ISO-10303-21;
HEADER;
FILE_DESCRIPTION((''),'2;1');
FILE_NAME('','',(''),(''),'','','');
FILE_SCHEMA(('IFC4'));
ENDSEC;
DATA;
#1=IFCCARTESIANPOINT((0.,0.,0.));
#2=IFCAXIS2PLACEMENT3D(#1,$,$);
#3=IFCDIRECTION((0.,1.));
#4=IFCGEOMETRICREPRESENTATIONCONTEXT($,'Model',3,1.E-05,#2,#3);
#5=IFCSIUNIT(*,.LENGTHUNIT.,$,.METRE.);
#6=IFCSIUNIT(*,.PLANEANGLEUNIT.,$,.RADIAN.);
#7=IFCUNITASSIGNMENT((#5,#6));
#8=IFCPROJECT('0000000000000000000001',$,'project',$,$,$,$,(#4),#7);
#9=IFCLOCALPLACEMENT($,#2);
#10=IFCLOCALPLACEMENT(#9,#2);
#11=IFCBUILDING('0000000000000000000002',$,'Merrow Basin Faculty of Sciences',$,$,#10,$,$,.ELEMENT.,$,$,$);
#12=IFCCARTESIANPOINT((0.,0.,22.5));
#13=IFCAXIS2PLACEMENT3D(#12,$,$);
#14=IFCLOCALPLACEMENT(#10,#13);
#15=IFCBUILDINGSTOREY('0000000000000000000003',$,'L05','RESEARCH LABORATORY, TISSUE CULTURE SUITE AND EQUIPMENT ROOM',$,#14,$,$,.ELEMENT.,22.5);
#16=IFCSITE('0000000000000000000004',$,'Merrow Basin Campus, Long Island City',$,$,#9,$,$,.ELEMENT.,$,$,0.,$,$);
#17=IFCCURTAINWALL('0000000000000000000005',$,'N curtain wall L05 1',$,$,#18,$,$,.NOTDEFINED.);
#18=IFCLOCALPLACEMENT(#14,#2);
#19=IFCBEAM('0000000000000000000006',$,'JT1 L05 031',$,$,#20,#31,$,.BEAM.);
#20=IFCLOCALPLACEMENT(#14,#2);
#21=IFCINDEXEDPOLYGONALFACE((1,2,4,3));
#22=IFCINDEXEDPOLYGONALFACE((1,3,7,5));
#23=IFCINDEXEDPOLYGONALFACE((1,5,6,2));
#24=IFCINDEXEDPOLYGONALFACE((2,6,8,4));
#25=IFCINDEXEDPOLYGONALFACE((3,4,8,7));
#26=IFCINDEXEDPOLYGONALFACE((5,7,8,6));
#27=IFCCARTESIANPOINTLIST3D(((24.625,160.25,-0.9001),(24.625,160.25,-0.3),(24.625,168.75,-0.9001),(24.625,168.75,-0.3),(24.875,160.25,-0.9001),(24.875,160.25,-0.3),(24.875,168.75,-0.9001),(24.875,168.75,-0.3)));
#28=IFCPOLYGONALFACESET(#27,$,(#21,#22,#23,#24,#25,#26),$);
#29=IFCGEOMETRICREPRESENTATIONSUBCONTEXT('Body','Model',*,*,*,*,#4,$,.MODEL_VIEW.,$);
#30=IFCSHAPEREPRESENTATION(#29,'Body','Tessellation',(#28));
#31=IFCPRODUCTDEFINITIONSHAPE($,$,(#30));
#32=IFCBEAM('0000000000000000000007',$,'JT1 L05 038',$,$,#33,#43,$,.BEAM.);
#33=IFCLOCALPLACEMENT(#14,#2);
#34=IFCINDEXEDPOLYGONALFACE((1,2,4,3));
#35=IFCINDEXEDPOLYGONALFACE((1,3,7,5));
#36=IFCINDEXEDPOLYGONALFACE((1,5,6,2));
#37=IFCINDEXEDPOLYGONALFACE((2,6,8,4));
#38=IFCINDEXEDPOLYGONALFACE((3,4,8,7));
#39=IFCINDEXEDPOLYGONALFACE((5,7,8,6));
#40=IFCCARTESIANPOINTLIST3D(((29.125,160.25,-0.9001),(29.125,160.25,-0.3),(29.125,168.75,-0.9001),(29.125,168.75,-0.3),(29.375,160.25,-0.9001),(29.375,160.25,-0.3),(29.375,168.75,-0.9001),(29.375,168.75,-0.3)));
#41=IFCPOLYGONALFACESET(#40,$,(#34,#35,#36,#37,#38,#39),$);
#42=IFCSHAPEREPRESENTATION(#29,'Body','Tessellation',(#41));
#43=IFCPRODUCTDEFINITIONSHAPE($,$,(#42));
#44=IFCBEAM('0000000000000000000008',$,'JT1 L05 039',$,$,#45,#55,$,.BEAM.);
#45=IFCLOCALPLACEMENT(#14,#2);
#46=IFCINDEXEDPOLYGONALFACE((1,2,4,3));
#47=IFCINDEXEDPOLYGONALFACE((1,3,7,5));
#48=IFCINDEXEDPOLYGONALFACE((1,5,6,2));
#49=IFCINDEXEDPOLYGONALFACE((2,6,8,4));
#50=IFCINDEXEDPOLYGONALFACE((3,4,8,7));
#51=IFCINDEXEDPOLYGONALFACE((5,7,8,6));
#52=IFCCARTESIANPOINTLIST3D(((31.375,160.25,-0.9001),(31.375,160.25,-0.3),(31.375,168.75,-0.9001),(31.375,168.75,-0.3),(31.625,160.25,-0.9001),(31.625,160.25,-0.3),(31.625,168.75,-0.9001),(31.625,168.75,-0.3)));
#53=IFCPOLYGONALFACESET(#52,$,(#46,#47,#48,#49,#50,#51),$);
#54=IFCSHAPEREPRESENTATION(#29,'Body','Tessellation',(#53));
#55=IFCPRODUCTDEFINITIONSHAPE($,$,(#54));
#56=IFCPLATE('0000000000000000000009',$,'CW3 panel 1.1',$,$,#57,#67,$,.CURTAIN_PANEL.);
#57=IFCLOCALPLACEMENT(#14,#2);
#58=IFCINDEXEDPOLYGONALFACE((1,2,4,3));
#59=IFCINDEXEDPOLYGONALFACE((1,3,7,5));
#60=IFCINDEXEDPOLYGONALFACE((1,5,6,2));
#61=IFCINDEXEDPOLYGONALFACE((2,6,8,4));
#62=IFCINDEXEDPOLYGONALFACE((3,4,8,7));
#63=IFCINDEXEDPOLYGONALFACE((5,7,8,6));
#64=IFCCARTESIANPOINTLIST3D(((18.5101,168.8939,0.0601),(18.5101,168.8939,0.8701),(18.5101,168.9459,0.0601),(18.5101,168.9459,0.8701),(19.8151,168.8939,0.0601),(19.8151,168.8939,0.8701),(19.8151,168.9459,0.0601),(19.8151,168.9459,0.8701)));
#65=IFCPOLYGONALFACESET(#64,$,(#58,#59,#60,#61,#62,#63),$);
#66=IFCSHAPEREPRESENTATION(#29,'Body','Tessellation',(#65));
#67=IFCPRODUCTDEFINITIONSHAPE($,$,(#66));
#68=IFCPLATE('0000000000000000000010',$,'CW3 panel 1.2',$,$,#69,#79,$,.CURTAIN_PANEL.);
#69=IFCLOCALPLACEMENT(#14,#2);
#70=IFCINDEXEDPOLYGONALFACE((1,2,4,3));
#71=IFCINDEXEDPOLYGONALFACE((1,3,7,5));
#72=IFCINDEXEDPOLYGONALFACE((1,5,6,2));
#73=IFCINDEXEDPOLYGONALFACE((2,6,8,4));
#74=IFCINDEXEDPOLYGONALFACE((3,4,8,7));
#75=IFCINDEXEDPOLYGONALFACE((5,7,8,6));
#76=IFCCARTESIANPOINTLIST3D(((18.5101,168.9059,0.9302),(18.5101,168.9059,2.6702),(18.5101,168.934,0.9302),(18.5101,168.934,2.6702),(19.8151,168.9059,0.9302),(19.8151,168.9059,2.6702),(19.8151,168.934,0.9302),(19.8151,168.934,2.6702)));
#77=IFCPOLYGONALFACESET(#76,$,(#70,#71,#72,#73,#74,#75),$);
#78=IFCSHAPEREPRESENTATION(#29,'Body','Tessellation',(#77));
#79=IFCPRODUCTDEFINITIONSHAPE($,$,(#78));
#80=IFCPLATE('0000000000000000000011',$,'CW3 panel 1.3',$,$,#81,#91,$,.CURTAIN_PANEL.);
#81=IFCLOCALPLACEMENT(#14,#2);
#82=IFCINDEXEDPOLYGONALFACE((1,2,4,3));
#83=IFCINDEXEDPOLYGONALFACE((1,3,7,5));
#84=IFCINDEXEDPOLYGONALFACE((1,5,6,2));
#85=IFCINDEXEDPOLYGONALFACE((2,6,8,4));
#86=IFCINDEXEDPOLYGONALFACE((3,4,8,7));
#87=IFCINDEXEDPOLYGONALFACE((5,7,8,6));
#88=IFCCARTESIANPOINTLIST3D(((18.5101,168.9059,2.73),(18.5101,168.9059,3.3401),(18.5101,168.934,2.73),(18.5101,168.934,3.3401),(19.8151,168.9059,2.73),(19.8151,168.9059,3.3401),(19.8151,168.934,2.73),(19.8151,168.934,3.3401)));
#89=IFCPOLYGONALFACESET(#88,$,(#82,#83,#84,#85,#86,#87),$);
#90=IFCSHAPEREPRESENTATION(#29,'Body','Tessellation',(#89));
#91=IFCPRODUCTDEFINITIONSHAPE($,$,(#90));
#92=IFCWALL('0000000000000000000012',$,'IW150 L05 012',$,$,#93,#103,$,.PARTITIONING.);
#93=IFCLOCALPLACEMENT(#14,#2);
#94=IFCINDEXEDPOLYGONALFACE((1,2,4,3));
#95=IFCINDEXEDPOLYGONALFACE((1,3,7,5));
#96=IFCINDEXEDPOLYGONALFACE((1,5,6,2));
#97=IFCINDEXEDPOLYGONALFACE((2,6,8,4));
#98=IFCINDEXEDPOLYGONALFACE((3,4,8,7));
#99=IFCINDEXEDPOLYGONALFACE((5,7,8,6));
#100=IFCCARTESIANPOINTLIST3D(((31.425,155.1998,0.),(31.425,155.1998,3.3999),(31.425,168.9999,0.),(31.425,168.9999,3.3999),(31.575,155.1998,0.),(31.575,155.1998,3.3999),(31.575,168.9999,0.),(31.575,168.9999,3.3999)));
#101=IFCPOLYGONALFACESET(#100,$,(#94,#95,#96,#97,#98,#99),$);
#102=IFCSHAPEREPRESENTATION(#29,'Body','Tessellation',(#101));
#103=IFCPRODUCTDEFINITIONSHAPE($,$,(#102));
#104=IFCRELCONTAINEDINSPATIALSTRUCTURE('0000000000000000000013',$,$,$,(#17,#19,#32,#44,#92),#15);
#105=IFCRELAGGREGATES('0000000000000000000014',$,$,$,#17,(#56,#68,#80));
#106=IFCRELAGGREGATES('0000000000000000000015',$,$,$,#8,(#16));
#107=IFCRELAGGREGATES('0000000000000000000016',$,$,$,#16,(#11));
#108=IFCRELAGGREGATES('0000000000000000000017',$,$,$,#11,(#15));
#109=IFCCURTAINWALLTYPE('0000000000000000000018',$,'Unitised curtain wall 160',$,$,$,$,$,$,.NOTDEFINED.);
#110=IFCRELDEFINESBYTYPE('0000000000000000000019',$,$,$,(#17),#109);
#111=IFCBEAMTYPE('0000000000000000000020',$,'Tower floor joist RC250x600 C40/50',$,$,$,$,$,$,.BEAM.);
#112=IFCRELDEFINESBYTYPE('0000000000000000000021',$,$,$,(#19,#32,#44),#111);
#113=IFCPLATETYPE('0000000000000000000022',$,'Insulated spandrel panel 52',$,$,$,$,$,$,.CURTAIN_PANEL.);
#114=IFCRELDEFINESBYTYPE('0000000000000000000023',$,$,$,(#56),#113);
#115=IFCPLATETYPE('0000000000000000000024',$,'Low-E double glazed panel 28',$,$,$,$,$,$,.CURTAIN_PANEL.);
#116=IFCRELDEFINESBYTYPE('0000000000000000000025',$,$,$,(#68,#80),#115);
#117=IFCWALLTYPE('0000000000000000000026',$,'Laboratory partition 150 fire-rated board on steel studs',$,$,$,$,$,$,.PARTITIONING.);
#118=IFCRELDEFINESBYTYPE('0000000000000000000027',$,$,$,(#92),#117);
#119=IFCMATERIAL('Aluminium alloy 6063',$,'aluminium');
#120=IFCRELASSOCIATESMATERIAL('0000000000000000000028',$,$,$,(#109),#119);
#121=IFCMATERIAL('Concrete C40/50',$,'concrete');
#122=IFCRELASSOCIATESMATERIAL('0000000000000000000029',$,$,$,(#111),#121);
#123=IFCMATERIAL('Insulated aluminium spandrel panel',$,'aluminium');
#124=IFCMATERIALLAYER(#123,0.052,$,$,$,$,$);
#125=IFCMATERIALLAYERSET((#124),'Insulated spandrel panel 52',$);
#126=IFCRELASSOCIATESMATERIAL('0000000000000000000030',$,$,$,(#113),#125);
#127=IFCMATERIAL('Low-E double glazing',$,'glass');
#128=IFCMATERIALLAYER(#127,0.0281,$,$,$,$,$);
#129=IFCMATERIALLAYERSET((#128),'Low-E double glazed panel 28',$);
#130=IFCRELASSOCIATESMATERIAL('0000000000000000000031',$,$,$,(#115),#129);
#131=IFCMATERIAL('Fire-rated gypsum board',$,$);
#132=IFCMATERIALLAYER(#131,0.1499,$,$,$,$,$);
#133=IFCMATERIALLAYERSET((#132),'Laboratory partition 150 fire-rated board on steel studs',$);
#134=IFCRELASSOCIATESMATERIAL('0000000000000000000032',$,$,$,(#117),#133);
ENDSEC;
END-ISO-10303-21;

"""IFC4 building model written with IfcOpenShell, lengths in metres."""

from ifc_helpers import new_model, si_unit, direction, frame, frame_2d, origin, origin_2d, place, context, subcontext, project, spatial, rectangle, extrude, material, layer, layer_set, material_profile, profile_set, type_object, element, aggregate, save


model = new_model("IFC4")

# Units and contexts
model_context = context("Model", 3, precision=1e-05, world=origin(), true_north=direction((0.0, 1.0)))
body_context = subcontext(model_context, "Body", "Model", "MODEL_VIEW")
ifc_project = project(units=[si_unit("LENGTHUNIT", "METRE"), si_unit("PLANEANGLEUNIT", "RADIAN")], contexts=[model_context])

# Site, building, storey
site_placement = place(None, origin())
site = spatial("IfcSite", under=ifc_project, at=site_placement, Name="Merrow Basin Campus, Long Island City", CompositionType="ELEMENT", RefElevation=0.0)
building_placement = place(site_placement, origin())
building = spatial("IfcBuilding", under=site, at=building_placement, Name="Merrow Basin Faculty of Sciences", CompositionType="ELEMENT")
storey_placement = place(building_placement, frame((0.0, 0.0, 22.5)))
storey = spatial("IfcBuildingStorey", under=building, at=storey_placement, Name="L05", Description="RESEARCH LABORATORY, TISSUE CULTURE SUITE AND EQUIPMENT ROOM", CompositionType="ELEMENT", Elevation=22.5)

# Curtain wall
ifc_material_1 = material(Name="Aluminium alloy 6063", Category="aluminium")
curtain_wall_type = type_object("IfcCurtainWallType", Name="Unitised curtain wall 160", PredefinedType="NOTDEFINED", material=ifc_material_1)
curtain_wall_placement = place(storey_placement, origin())
curtain_wall = element("IfcCurtainWall", 1, at=curtain_wall_placement, inside=storey, type_object=curtain_wall_type, Name="N curtain wall L05 1", PredefinedType="NOTDEFINED")

# Beams
ifc_material_2 = material(Name="Concrete C40/50", Category="concrete")
ifc_material_profile_1 = material_profile(ifc_material_2, rectangle(XDim=0.25, YDim=0.6001, at=origin_2d()))
ifc_profile_set_1 = profile_set([ifc_material_profile_1], Name="Concrete C40/50")
beam_type_1 = type_object("IfcBeamType", Name="Tower floor joist RC250x600 C40/50", PredefinedType="BEAM", material=ifc_profile_set_1)
for number, where, z_axis, x_axis, name in (
    (2, (24.75, 160.25, -0.6001), (0.0, 1.0, 0.0), (-1.0, 0.0, 0.0), "JT1 L05 031"),
    (3, (29.25, 160.25, -0.6001), (0.0, 1.0, 0.0), (-1.0, 0.0, 0.0), "JT1 L05 038"),
    (4, (31.5, 160.25, -0.6001), (0.0, 1.0, 0.0), (-1.0, 0.0, 0.0), "JT1 L05 039"),
):
    element("IfcBeam", number, at=place(storey_placement, frame(where, z_axis=z_axis, x_axis=x_axis)), inside=storey, type_object=beam_type_1, Name=name, PredefinedType="BEAM", context=body_context, shape_type="SweptSolid", body=[
        extrude(rectangle(XDim=0.25, YDim=0.6001, at=origin_2d()), origin(), (0.0, 0.0, 1.0), 8.5),
    ])

# Plates
ifc_material_3 = material(Name="Insulated aluminium spandrel panel", Category="aluminium")
ifc_layer_1 = layer(ifc_material_3, 0.052)
ifc_layer_set_1 = layer_set([ifc_layer_1], Name="Insulated spandrel panel 52")
plate_type_1 = type_object("IfcPlateType", Name="Insulated spandrel panel 52", PredefinedType="CURTAIN_PANEL", material=ifc_layer_set_1)
plate_1_placement = place(storey_placement, frame((19.1626, 168.9199, 0.0601), z_axis=(0.0, 0.0, 1.0), x_axis=(1.0, 0.0, 0.0)))
plate_1 = element("IfcPlate", 5, at=plate_1_placement, type_object=plate_type_1, Name="CW3 panel 1.1", PredefinedType="CURTAIN_PANEL", context=body_context, shape_type="SweptSolid", body=[
    extrude(rectangle(XDim=1.3049, YDim=0.052, at=origin_2d()), origin(), (0.0, 0.0, 1.0), 0.8101),
])
ifc_material_4 = material(Name="Low-E double glazing", Category="glass")
ifc_layer_2 = layer(ifc_material_4, 0.0281)
ifc_layer_set_2 = layer_set([ifc_layer_2], Name="Low-E double glazed panel 28")
plate_type_2 = type_object("IfcPlateType", Name="Low-E double glazed panel 28", PredefinedType="CURTAIN_PANEL", material=ifc_layer_set_2)
plate_2_placement = place(storey_placement, frame((19.1626, 168.9199, 0.9302), z_axis=(0.0, 0.0, 1.0), x_axis=(1.0, 0.0, 0.0)))
plate_2 = element("IfcPlate", 6, at=plate_2_placement, type_object=plate_type_2, Name="CW3 panel 1.2", PredefinedType="CURTAIN_PANEL", context=body_context, shape_type="SweptSolid", body=[
    extrude(rectangle(XDim=1.3049, YDim=0.0281, at=origin_2d()), origin(), (0.0, 0.0, 1.0), 1.74),
])
plate_3_placement = place(storey_placement, frame((19.1626, 168.9199, 2.73), z_axis=(0.0, 0.0, 1.0), x_axis=(1.0, 0.0, 0.0)))
plate_3 = element("IfcPlate", 7, at=plate_3_placement, type_object=plate_type_2, Name="CW3 panel 1.3", PredefinedType="CURTAIN_PANEL", context=body_context, shape_type="SweptSolid", body=[
    extrude(rectangle(XDim=1.3049, YDim=0.0281, at=origin_2d()), origin(), (0.0, 0.0, 1.0), 0.6101),
])
aggregate(curtain_wall, [plate_1, plate_2, plate_3])

# Wall
ifc_material_5 = material(Name="Fire-rated gypsum board")
ifc_layer_3 = layer(ifc_material_5, 0.1499)
ifc_layer_set_3 = layer_set([ifc_layer_3], Name="Laboratory partition 150 fire-rated board on steel studs")
wall_type = type_object("IfcWallType", Name="Laboratory partition 150 fire-rated board on steel studs", PredefinedType="PARTITIONING", material=ifc_layer_set_3)
wall_placement = place(storey_placement, frame((31.5, 155.2, 0.0), z_axis=(0.0, 0.0, 1.0), x_axis=(0.0, 1.0, 0.0)))
element("IfcWall", 8, at=wall_placement, inside=storey, type_object=wall_type, Name="IW150 L05 012", PredefinedType="PARTITIONING", context=body_context, shape_type="SweptSolid", body=[
    extrude(rectangle(XDim=13.8, YDim=0.1499, at=frame_2d((6.8999, 0.0))), origin(), (0.0, 0.0, 1.0), 3.3999),
])

save(model, "model.ifc")
